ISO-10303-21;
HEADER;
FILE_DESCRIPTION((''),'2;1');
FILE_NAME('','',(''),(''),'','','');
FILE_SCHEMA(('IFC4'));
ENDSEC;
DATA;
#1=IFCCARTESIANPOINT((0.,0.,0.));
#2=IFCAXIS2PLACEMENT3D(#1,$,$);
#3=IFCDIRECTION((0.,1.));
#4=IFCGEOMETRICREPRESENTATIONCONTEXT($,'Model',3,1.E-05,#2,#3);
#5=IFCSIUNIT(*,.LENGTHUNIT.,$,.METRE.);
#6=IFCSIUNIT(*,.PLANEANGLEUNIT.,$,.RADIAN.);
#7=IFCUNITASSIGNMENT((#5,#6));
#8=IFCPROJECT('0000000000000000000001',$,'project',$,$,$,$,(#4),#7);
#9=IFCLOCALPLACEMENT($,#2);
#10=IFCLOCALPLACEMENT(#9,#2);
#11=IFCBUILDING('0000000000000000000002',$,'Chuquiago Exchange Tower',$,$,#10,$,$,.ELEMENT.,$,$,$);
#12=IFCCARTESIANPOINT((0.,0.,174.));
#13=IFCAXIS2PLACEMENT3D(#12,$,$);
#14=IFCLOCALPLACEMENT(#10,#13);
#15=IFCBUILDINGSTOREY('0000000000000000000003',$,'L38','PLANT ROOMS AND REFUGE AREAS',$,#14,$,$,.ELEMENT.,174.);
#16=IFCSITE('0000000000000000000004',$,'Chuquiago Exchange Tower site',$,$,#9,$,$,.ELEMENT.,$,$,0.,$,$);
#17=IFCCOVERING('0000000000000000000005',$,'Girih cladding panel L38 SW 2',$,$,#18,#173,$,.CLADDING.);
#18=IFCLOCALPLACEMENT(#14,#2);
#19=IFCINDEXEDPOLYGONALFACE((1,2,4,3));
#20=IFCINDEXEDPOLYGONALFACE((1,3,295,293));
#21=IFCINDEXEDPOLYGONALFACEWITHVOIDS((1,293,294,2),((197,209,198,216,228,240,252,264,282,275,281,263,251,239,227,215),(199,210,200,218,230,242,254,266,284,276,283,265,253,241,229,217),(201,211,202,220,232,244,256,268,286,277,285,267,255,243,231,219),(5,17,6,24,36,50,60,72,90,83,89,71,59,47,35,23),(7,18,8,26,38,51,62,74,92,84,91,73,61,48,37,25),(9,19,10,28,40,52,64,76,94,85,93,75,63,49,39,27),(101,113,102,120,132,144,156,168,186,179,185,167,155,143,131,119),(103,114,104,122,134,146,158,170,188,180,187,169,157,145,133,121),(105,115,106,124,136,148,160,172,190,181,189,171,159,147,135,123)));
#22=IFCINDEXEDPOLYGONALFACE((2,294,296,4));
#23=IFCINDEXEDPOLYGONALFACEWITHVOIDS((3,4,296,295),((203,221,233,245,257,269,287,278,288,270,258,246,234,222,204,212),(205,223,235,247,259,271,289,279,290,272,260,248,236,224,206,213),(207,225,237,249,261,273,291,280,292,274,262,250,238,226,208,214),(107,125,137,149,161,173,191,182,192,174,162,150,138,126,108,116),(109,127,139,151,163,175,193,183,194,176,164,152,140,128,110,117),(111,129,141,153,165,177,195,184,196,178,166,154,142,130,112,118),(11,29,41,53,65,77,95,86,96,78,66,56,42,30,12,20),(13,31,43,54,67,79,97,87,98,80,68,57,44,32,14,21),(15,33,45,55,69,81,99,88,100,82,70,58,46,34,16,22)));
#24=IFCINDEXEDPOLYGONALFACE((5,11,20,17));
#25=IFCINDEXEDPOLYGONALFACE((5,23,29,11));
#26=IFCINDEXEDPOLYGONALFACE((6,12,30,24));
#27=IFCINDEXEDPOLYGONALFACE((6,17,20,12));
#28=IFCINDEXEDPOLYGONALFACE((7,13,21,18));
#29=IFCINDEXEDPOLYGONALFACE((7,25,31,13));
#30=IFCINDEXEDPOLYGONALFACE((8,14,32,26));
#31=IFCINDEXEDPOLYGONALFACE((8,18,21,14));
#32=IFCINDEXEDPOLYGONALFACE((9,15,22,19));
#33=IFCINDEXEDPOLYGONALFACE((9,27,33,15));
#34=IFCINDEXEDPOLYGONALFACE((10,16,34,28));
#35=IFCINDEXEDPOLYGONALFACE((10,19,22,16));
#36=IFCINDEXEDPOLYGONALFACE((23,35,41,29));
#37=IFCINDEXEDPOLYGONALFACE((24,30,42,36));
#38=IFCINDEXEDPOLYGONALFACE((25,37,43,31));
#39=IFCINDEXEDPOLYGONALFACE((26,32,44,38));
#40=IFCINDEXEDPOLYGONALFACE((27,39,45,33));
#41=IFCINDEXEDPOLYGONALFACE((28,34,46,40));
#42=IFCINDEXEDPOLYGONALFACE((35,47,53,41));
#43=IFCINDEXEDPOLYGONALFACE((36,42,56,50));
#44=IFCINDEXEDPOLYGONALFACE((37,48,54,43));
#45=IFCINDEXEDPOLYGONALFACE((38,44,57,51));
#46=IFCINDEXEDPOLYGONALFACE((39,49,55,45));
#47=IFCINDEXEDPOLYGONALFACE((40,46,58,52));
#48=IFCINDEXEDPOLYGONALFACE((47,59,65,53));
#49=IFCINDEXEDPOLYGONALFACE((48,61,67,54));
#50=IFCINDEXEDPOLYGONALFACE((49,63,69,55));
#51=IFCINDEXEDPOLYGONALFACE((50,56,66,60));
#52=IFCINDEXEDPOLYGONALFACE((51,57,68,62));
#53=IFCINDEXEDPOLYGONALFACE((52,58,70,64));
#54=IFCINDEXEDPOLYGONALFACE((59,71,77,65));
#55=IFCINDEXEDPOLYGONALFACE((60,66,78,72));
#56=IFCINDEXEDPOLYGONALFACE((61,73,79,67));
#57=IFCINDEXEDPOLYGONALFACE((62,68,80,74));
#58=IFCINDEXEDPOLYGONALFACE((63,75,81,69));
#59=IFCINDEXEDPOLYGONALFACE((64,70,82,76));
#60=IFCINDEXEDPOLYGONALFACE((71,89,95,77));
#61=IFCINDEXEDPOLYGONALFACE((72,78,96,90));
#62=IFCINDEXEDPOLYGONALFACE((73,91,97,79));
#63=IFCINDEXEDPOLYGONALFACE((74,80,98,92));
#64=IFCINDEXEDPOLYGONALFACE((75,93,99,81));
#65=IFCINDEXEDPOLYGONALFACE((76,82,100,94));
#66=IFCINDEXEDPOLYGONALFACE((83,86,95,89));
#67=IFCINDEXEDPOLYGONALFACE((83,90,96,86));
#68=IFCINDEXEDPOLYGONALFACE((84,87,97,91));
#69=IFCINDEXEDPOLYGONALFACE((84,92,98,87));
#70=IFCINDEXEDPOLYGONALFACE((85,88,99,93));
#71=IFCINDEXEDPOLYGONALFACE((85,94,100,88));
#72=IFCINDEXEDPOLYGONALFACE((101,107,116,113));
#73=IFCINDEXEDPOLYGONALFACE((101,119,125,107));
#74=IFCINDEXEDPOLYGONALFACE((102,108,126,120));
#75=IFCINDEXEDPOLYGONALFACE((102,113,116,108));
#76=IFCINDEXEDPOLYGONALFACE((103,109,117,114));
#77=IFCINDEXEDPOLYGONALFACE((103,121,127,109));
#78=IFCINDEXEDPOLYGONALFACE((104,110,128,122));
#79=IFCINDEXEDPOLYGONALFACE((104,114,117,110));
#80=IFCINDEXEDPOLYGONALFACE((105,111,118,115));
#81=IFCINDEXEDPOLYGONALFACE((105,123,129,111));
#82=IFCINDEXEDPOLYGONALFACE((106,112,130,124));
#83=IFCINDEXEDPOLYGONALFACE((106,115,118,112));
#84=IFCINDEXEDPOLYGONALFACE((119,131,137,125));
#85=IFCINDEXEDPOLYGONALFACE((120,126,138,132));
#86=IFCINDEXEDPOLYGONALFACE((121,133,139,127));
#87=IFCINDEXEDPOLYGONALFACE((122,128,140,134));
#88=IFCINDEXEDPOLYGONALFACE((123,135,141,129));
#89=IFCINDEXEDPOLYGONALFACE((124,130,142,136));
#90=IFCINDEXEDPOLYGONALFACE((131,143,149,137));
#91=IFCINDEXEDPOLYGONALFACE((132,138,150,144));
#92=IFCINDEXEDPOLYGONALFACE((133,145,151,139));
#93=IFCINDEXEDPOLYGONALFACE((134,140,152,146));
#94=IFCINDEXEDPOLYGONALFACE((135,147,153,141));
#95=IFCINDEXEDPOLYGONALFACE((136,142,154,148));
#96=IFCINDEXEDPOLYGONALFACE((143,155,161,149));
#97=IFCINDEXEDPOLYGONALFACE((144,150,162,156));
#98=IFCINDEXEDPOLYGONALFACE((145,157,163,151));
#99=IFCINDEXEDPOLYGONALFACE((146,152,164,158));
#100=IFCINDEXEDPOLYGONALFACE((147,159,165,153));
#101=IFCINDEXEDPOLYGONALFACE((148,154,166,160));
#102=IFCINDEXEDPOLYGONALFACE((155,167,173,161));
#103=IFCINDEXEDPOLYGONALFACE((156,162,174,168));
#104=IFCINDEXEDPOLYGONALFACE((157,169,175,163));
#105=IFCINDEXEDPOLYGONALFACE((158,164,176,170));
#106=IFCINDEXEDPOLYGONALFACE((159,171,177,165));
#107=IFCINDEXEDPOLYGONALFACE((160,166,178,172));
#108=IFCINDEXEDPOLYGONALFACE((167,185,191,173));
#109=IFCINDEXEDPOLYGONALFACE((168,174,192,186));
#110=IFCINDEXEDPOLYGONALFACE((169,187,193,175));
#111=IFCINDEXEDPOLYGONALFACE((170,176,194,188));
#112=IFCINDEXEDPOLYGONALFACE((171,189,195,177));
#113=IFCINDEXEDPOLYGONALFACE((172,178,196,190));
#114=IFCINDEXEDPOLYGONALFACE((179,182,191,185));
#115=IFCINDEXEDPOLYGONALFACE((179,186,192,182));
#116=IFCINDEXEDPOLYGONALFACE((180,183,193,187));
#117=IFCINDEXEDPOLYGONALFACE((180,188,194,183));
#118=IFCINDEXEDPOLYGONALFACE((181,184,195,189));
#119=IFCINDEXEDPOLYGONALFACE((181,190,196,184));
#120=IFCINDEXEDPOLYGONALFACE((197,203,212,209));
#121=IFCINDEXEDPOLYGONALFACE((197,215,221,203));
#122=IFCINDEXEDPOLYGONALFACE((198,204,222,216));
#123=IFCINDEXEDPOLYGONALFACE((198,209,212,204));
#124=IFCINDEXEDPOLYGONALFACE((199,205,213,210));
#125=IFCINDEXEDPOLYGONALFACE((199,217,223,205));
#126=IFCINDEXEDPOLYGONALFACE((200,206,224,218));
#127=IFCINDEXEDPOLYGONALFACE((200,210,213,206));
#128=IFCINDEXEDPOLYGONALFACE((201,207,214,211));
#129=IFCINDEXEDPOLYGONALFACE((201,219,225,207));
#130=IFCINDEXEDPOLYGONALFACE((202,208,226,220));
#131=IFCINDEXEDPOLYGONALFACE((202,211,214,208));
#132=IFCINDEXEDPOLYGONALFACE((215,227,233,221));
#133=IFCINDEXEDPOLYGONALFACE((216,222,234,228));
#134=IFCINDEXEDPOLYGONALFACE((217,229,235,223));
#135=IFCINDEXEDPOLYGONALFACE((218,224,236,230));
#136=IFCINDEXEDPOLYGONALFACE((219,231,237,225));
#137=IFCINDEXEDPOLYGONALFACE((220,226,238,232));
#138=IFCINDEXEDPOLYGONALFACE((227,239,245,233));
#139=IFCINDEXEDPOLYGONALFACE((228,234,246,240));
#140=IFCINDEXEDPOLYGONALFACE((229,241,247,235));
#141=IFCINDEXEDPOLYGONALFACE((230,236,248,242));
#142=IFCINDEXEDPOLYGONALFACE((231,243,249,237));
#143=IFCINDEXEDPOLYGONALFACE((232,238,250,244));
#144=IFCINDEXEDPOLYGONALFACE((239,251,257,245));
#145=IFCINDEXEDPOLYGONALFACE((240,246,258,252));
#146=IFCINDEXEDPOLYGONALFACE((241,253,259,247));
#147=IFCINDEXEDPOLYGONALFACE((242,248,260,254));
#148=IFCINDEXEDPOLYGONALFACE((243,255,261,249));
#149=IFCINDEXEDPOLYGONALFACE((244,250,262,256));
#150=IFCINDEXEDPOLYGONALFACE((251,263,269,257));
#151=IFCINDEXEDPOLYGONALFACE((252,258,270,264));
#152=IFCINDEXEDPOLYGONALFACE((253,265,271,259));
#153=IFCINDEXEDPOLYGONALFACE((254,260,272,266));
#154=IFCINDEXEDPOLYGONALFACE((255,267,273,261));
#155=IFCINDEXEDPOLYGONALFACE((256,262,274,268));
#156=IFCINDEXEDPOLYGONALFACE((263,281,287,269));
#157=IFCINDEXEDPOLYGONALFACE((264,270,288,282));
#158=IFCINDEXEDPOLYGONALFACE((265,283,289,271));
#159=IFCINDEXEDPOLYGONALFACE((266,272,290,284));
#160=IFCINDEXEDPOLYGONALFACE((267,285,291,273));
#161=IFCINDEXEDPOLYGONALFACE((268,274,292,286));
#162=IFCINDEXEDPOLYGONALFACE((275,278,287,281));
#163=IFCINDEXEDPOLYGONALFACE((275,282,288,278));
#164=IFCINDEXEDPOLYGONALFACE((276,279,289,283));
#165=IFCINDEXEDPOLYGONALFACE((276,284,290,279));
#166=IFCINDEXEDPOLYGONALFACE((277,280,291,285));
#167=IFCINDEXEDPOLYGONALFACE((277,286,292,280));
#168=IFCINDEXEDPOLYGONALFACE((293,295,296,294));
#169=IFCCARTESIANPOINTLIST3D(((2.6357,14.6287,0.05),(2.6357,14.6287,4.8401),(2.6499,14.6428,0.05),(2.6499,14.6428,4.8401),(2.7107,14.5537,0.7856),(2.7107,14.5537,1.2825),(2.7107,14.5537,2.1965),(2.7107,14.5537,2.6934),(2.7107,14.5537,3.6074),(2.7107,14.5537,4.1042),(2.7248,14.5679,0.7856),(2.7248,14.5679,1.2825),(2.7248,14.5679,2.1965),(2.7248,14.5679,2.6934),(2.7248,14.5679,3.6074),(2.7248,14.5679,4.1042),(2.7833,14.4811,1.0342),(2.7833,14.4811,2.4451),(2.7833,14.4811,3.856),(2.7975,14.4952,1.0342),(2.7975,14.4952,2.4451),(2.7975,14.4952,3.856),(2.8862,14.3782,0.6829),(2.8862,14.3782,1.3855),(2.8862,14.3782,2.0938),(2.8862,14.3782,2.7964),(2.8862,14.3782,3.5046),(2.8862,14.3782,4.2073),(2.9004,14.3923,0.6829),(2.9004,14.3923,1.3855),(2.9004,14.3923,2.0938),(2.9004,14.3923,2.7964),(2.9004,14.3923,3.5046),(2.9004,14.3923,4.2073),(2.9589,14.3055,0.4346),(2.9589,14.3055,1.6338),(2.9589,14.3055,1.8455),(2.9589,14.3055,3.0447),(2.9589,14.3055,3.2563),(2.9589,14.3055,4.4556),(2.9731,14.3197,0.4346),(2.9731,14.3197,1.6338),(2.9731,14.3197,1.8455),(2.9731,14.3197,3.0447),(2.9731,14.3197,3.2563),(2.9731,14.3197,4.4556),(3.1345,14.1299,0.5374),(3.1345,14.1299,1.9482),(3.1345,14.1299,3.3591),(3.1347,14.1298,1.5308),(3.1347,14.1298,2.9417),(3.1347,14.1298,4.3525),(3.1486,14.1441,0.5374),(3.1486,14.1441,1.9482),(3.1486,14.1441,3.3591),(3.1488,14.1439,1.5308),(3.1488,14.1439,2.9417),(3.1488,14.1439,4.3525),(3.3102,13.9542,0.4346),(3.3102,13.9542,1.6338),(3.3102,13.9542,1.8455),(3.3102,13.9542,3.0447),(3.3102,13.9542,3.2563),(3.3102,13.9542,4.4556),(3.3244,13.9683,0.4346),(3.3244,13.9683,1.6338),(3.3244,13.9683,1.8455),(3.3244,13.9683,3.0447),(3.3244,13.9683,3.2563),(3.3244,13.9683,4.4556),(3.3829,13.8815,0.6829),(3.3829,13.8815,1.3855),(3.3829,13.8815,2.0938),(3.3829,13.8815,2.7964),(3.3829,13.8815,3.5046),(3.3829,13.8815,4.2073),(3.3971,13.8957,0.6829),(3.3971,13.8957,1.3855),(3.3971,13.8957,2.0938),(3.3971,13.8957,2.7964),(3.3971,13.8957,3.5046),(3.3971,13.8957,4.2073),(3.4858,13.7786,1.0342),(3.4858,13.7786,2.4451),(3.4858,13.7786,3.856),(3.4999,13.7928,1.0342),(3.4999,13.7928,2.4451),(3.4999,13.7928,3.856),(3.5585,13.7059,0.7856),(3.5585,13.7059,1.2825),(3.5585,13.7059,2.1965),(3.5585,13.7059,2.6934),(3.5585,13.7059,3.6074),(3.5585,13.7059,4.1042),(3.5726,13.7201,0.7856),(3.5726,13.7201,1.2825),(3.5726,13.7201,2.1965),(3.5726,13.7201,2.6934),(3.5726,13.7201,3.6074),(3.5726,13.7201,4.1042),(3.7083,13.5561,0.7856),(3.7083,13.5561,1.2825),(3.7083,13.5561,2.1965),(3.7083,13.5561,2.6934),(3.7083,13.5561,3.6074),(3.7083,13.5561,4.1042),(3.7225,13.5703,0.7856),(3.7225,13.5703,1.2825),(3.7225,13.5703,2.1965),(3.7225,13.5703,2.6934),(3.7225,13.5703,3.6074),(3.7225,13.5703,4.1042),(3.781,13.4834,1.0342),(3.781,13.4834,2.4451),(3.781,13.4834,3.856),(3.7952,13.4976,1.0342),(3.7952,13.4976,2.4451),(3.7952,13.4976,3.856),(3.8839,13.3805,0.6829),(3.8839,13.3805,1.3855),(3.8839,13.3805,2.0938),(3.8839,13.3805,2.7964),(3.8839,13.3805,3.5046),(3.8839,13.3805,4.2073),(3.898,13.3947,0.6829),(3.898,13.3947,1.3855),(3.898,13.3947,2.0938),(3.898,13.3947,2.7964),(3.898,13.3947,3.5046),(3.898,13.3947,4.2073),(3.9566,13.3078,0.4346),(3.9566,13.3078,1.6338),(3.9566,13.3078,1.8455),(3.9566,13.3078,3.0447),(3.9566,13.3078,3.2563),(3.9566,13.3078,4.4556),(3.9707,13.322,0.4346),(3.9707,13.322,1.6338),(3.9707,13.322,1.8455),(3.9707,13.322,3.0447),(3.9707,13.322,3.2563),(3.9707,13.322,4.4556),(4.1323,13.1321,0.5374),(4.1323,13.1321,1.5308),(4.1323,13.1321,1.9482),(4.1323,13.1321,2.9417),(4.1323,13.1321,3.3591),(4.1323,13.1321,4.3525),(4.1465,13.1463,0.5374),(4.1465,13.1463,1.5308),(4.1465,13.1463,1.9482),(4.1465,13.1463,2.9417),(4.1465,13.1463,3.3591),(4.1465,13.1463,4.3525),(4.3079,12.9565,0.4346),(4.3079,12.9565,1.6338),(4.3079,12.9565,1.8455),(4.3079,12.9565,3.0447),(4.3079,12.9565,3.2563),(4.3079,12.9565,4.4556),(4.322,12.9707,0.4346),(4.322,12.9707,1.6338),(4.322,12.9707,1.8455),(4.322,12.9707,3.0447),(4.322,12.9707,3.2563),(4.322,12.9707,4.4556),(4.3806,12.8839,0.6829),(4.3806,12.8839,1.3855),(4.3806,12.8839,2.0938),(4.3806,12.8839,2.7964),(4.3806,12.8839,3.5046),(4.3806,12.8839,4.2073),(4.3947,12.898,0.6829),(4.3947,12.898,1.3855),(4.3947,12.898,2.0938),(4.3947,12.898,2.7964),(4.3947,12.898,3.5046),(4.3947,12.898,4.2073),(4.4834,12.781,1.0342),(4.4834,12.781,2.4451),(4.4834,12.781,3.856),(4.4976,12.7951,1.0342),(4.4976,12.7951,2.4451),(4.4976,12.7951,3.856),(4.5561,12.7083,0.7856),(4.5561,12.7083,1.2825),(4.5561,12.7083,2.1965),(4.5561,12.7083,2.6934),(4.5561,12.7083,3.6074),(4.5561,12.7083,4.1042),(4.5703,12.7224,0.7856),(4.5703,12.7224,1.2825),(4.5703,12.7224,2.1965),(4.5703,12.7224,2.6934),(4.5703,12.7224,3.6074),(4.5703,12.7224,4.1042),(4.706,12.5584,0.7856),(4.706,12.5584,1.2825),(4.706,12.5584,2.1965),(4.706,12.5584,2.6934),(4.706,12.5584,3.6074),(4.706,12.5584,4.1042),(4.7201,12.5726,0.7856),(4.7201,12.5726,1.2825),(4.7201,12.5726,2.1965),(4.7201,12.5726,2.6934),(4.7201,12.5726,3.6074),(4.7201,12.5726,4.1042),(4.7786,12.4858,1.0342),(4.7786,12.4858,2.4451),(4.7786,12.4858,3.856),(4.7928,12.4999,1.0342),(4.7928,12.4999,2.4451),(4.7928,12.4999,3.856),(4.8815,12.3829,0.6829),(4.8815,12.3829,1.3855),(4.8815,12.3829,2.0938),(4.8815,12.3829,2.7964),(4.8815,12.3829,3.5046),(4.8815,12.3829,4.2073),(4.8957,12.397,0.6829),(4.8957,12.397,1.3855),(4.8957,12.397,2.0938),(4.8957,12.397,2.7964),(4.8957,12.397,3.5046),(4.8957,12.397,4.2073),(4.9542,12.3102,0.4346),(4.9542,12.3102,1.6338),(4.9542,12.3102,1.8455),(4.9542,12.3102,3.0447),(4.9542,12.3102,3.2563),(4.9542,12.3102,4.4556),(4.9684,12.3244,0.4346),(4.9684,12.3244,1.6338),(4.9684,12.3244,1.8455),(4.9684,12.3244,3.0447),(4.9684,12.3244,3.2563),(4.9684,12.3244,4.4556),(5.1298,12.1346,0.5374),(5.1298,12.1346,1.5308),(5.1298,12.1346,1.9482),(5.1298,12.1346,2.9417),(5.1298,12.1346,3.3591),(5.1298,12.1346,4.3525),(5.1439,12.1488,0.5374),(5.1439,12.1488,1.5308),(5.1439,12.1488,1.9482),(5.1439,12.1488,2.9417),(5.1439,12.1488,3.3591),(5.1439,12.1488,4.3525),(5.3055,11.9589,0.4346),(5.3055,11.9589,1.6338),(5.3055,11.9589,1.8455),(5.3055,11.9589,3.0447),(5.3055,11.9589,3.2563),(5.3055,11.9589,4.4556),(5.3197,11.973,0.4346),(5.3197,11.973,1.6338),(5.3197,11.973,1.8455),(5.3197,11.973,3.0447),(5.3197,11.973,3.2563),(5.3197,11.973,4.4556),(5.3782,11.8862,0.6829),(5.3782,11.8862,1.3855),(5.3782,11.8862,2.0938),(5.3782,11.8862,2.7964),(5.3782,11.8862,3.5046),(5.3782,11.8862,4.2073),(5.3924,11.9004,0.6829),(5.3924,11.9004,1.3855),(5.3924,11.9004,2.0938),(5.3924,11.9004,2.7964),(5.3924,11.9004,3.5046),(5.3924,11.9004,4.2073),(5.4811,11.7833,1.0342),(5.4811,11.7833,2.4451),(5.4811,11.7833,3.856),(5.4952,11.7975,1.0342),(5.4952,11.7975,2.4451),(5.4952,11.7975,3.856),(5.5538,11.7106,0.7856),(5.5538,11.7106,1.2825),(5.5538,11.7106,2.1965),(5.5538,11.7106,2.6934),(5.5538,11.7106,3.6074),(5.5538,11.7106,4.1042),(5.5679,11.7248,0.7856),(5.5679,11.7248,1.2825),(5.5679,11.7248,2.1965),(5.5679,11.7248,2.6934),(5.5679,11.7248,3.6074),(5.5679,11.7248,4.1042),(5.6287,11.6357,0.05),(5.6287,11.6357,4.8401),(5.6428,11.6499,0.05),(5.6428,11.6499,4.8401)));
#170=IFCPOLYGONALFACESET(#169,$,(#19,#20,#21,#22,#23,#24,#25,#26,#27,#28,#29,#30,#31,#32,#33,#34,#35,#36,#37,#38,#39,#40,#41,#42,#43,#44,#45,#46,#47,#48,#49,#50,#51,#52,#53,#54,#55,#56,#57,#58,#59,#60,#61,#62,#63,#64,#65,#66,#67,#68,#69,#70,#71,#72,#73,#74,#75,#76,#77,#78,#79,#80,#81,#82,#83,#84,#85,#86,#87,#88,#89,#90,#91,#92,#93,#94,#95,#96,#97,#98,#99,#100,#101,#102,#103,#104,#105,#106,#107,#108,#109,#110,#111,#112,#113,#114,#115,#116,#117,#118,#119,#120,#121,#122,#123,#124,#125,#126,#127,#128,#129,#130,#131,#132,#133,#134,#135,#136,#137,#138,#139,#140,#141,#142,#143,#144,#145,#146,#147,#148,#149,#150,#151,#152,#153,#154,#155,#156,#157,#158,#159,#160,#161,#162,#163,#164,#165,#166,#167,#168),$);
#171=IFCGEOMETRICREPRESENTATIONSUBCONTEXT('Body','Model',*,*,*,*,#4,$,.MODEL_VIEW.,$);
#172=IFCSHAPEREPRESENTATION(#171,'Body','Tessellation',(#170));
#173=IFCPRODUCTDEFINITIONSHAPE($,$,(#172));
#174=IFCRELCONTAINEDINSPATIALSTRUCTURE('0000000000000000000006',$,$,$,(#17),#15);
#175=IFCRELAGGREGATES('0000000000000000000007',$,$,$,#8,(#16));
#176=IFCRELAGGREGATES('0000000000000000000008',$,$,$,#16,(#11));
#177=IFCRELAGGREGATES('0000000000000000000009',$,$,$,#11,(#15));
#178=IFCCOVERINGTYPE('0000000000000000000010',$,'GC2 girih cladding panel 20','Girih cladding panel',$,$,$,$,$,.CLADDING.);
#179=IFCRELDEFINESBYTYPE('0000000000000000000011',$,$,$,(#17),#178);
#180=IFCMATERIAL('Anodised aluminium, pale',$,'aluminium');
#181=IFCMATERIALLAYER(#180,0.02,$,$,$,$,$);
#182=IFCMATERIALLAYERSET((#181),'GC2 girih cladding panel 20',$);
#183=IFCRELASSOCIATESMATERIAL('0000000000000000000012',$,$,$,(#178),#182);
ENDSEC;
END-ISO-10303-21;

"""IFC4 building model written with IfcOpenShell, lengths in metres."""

from ifc_helpers import new_model, si_unit, direction, frame, origin, place, context, subcontext, project, spatial, polyline, outline, extrude, material, layer, layer_set, type_object, element, save


model = new_model("IFC4")

# Units and contexts
model_context = context("Model", 3, precision=1e-05, world=origin(), true_north=direction((0.0, 1.0)))
body_context = subcontext(model_context, "Body", "Model", "MODEL_VIEW")
ifc_project = project(units=[si_unit("LENGTHUNIT", "METRE"), si_unit("PLANEANGLEUNIT", "RADIAN")], contexts=[model_context])

# Site, building, storey
site_placement = place(None, origin())
site = spatial("IfcSite", under=ifc_project, at=site_placement, Name="Chuquiago Exchange Tower site", CompositionType="ELEMENT", RefElevation=0.0)
building_placement = place(site_placement, origin())
building = spatial("IfcBuilding", under=site, at=building_placement, Name="Chuquiago Exchange Tower", CompositionType="ELEMENT")
storey_placement = place(building_placement, frame((0.0, 0.0, 174.0)))
storey = spatial("IfcBuildingStorey", under=building, at=storey_placement, Name="L38", Description="PLANT ROOMS AND REFUGE AREAS", CompositionType="ELEMENT", Elevation=174.0)

# Covering
ifc_material_1 = material(Name="Anodised aluminium, pale", Category="aluminium")
ifc_layer_1 = layer(ifc_material_1, 0.02)
ifc_layer_set_1 = layer_set([ifc_layer_1], Name="GC2 girih cladding panel 20")
covering_type = type_object("IfcCoveringType", Name="GC2 girih cladding panel 20", Description="Girih cladding panel", PredefinedType="CLADDING", material=ifc_layer_set_1)
covering_1_placement = place(storey_placement, frame((2.6499, 14.6428, 0.05), z_axis=(0.0, 0.0, 1.0), x_axis=(0.707107, -0.707107, 0.0)))
element("IfcCovering", 1, at=covering_1_placement, inside=storey, type_object=covering_type, Name="Girih cladding panel L38 SW 2", PredefinedType="CLADDING", context=body_context, shape_type="SweptSolid", body=[
    extrude(outline(polyline([(0.0, 0.0), (4.2327, 0.0), (4.2327, 4.79), (0.0, 4.79), (0.0, 0.0)]), holes=[polyline([(1.2021, 0.9841), (1.3049, 1.2324), (1.0566, 1.3354), (0.9539, 1.5837), (0.7056, 1.4807), (0.457, 1.5837), (0.3542, 1.3354), (0.106, 1.2324), (0.2087, 0.9841), (0.106, 0.7356), (0.3542, 0.6328), (0.457, 0.3845), (0.7053, 0.4873), (0.9539, 0.3845), (1.0566, 0.6328), (1.3049, 0.7356), (1.2021, 0.9841)]), polyline([(2.613, 0.9841), (2.7158, 1.2324), (2.4675, 1.3354), (2.3647, 1.5837), (2.1165, 1.4807), (1.8679, 1.5837), (1.7651, 1.3354), (1.5168, 1.2324), (1.6196, 0.9841), (1.5168, 0.7356), (1.7651, 0.6328), (1.8679, 0.3845), (2.1165, 0.4873), (2.3647, 0.3845), (2.4675, 0.6328), (2.7158, 0.7356), (2.613, 0.9841)]), polyline([(4.0239, 0.9841), (4.1267, 1.2324), (3.8784, 1.3354), (3.7756, 1.5837), (3.5271, 1.4807), (3.2788, 1.5837), (3.176, 1.3354), (2.9277, 1.2324), (3.0305, 0.9841), (2.9277, 0.7356), (3.176, 0.6328), (3.2788, 0.3845), (3.5271, 0.4873), (3.7756, 0.3845), (3.8784, 0.6328), (4.1267, 0.7356), (4.0239, 0.9841)]), polyline([(1.2021, 2.395), (1.3049, 2.6433), (1.0566, 2.7463), (0.9539, 2.9946), (0.7056, 2.8916), (0.457, 2.9946), (0.3542, 2.7463), (0.106, 2.6433), (0.2087, 2.395), (0.106, 2.1465), (0.3542, 2.0437), (0.457, 1.7954), (0.7053, 1.8982), (0.9539, 1.7954), (1.0566, 2.0437), (1.3049, 2.1465), (1.2021, 2.395)]), polyline([(2.613, 2.395), (2.7158, 2.6433), (2.4675, 2.7463), (2.3647, 2.9946), (2.1165, 2.8916), (1.8679, 2.9946), (1.7651, 2.7463), (1.5168, 2.6433), (1.6196, 2.395), (1.5168, 2.1465), (1.7651, 2.0437), (1.8679, 1.7954), (2.1165, 1.8982), (2.3647, 1.7954), (2.4675, 2.0437), (2.7158, 2.1465), (2.613, 2.395)]), polyline([(4.0239, 2.395), (4.1267, 2.6433), (3.8784, 2.7463), (3.7756, 2.9946), (3.5271, 2.8916), (3.2788, 2.9946), (3.176, 2.7463), (2.9277, 2.6433), (3.0305, 2.395), (2.9277, 2.1465), (3.176, 2.0437), (3.2788, 1.7954), (3.5271, 1.8982), (3.7756, 1.7954), (3.8784, 2.0437), (4.1267, 2.1465), (4.0239, 2.395)]), polyline([(1.2021, 3.8059), (1.3049, 4.0542), (1.0566, 4.1572), (0.9539, 4.4055), (0.7056, 4.3025), (0.457, 4.4055), (0.3542, 4.1572), (0.106, 4.0542), (0.2087, 3.8059), (0.106, 3.5574), (0.3542, 3.4546), (0.457, 3.2063), (0.7053, 3.3091), (0.9539, 3.2063), (1.0566, 3.4546), (1.3049, 3.5574), (1.2021, 3.8059)]), polyline([(2.613, 3.8059), (2.7158, 4.0542), (2.4675, 4.1572), (2.3647, 4.4055), (2.1165, 4.3025), (1.8679, 4.4055), (1.7651, 4.1572), (1.5168, 4.0542), (1.6196, 3.8059), (1.5168, 3.5574), (1.7651, 3.4546), (1.8679, 3.2063), (2.1165, 3.3091), (2.3647, 3.2063), (2.4675, 3.4546), (2.7158, 3.5574), (2.613, 3.8059)]), polyline([(4.0239, 3.8059), (4.1267, 4.0542), (3.8784, 4.1572), (3.7756, 4.4055), (3.5271, 4.3025), (3.2788, 4.4055), (3.176, 4.1572), (2.9277, 4.0542), (3.0305, 3.8059), (2.9277, 3.5574), (3.176, 3.4546), (3.2788, 3.2063), (3.5271, 3.3091), (3.7756, 3.2063), (3.8784, 3.4546), (4.1267, 3.5574), (4.0239, 3.8059)])]), frame((0.0, 0.0, 0.0), z_axis=(0.0, -1.0, 0.0), x_axis=(1.0, 0.0, 0.0)), (0.0, 0.0, 1.0), 0.02),
])

save(model, "model.ifc")
